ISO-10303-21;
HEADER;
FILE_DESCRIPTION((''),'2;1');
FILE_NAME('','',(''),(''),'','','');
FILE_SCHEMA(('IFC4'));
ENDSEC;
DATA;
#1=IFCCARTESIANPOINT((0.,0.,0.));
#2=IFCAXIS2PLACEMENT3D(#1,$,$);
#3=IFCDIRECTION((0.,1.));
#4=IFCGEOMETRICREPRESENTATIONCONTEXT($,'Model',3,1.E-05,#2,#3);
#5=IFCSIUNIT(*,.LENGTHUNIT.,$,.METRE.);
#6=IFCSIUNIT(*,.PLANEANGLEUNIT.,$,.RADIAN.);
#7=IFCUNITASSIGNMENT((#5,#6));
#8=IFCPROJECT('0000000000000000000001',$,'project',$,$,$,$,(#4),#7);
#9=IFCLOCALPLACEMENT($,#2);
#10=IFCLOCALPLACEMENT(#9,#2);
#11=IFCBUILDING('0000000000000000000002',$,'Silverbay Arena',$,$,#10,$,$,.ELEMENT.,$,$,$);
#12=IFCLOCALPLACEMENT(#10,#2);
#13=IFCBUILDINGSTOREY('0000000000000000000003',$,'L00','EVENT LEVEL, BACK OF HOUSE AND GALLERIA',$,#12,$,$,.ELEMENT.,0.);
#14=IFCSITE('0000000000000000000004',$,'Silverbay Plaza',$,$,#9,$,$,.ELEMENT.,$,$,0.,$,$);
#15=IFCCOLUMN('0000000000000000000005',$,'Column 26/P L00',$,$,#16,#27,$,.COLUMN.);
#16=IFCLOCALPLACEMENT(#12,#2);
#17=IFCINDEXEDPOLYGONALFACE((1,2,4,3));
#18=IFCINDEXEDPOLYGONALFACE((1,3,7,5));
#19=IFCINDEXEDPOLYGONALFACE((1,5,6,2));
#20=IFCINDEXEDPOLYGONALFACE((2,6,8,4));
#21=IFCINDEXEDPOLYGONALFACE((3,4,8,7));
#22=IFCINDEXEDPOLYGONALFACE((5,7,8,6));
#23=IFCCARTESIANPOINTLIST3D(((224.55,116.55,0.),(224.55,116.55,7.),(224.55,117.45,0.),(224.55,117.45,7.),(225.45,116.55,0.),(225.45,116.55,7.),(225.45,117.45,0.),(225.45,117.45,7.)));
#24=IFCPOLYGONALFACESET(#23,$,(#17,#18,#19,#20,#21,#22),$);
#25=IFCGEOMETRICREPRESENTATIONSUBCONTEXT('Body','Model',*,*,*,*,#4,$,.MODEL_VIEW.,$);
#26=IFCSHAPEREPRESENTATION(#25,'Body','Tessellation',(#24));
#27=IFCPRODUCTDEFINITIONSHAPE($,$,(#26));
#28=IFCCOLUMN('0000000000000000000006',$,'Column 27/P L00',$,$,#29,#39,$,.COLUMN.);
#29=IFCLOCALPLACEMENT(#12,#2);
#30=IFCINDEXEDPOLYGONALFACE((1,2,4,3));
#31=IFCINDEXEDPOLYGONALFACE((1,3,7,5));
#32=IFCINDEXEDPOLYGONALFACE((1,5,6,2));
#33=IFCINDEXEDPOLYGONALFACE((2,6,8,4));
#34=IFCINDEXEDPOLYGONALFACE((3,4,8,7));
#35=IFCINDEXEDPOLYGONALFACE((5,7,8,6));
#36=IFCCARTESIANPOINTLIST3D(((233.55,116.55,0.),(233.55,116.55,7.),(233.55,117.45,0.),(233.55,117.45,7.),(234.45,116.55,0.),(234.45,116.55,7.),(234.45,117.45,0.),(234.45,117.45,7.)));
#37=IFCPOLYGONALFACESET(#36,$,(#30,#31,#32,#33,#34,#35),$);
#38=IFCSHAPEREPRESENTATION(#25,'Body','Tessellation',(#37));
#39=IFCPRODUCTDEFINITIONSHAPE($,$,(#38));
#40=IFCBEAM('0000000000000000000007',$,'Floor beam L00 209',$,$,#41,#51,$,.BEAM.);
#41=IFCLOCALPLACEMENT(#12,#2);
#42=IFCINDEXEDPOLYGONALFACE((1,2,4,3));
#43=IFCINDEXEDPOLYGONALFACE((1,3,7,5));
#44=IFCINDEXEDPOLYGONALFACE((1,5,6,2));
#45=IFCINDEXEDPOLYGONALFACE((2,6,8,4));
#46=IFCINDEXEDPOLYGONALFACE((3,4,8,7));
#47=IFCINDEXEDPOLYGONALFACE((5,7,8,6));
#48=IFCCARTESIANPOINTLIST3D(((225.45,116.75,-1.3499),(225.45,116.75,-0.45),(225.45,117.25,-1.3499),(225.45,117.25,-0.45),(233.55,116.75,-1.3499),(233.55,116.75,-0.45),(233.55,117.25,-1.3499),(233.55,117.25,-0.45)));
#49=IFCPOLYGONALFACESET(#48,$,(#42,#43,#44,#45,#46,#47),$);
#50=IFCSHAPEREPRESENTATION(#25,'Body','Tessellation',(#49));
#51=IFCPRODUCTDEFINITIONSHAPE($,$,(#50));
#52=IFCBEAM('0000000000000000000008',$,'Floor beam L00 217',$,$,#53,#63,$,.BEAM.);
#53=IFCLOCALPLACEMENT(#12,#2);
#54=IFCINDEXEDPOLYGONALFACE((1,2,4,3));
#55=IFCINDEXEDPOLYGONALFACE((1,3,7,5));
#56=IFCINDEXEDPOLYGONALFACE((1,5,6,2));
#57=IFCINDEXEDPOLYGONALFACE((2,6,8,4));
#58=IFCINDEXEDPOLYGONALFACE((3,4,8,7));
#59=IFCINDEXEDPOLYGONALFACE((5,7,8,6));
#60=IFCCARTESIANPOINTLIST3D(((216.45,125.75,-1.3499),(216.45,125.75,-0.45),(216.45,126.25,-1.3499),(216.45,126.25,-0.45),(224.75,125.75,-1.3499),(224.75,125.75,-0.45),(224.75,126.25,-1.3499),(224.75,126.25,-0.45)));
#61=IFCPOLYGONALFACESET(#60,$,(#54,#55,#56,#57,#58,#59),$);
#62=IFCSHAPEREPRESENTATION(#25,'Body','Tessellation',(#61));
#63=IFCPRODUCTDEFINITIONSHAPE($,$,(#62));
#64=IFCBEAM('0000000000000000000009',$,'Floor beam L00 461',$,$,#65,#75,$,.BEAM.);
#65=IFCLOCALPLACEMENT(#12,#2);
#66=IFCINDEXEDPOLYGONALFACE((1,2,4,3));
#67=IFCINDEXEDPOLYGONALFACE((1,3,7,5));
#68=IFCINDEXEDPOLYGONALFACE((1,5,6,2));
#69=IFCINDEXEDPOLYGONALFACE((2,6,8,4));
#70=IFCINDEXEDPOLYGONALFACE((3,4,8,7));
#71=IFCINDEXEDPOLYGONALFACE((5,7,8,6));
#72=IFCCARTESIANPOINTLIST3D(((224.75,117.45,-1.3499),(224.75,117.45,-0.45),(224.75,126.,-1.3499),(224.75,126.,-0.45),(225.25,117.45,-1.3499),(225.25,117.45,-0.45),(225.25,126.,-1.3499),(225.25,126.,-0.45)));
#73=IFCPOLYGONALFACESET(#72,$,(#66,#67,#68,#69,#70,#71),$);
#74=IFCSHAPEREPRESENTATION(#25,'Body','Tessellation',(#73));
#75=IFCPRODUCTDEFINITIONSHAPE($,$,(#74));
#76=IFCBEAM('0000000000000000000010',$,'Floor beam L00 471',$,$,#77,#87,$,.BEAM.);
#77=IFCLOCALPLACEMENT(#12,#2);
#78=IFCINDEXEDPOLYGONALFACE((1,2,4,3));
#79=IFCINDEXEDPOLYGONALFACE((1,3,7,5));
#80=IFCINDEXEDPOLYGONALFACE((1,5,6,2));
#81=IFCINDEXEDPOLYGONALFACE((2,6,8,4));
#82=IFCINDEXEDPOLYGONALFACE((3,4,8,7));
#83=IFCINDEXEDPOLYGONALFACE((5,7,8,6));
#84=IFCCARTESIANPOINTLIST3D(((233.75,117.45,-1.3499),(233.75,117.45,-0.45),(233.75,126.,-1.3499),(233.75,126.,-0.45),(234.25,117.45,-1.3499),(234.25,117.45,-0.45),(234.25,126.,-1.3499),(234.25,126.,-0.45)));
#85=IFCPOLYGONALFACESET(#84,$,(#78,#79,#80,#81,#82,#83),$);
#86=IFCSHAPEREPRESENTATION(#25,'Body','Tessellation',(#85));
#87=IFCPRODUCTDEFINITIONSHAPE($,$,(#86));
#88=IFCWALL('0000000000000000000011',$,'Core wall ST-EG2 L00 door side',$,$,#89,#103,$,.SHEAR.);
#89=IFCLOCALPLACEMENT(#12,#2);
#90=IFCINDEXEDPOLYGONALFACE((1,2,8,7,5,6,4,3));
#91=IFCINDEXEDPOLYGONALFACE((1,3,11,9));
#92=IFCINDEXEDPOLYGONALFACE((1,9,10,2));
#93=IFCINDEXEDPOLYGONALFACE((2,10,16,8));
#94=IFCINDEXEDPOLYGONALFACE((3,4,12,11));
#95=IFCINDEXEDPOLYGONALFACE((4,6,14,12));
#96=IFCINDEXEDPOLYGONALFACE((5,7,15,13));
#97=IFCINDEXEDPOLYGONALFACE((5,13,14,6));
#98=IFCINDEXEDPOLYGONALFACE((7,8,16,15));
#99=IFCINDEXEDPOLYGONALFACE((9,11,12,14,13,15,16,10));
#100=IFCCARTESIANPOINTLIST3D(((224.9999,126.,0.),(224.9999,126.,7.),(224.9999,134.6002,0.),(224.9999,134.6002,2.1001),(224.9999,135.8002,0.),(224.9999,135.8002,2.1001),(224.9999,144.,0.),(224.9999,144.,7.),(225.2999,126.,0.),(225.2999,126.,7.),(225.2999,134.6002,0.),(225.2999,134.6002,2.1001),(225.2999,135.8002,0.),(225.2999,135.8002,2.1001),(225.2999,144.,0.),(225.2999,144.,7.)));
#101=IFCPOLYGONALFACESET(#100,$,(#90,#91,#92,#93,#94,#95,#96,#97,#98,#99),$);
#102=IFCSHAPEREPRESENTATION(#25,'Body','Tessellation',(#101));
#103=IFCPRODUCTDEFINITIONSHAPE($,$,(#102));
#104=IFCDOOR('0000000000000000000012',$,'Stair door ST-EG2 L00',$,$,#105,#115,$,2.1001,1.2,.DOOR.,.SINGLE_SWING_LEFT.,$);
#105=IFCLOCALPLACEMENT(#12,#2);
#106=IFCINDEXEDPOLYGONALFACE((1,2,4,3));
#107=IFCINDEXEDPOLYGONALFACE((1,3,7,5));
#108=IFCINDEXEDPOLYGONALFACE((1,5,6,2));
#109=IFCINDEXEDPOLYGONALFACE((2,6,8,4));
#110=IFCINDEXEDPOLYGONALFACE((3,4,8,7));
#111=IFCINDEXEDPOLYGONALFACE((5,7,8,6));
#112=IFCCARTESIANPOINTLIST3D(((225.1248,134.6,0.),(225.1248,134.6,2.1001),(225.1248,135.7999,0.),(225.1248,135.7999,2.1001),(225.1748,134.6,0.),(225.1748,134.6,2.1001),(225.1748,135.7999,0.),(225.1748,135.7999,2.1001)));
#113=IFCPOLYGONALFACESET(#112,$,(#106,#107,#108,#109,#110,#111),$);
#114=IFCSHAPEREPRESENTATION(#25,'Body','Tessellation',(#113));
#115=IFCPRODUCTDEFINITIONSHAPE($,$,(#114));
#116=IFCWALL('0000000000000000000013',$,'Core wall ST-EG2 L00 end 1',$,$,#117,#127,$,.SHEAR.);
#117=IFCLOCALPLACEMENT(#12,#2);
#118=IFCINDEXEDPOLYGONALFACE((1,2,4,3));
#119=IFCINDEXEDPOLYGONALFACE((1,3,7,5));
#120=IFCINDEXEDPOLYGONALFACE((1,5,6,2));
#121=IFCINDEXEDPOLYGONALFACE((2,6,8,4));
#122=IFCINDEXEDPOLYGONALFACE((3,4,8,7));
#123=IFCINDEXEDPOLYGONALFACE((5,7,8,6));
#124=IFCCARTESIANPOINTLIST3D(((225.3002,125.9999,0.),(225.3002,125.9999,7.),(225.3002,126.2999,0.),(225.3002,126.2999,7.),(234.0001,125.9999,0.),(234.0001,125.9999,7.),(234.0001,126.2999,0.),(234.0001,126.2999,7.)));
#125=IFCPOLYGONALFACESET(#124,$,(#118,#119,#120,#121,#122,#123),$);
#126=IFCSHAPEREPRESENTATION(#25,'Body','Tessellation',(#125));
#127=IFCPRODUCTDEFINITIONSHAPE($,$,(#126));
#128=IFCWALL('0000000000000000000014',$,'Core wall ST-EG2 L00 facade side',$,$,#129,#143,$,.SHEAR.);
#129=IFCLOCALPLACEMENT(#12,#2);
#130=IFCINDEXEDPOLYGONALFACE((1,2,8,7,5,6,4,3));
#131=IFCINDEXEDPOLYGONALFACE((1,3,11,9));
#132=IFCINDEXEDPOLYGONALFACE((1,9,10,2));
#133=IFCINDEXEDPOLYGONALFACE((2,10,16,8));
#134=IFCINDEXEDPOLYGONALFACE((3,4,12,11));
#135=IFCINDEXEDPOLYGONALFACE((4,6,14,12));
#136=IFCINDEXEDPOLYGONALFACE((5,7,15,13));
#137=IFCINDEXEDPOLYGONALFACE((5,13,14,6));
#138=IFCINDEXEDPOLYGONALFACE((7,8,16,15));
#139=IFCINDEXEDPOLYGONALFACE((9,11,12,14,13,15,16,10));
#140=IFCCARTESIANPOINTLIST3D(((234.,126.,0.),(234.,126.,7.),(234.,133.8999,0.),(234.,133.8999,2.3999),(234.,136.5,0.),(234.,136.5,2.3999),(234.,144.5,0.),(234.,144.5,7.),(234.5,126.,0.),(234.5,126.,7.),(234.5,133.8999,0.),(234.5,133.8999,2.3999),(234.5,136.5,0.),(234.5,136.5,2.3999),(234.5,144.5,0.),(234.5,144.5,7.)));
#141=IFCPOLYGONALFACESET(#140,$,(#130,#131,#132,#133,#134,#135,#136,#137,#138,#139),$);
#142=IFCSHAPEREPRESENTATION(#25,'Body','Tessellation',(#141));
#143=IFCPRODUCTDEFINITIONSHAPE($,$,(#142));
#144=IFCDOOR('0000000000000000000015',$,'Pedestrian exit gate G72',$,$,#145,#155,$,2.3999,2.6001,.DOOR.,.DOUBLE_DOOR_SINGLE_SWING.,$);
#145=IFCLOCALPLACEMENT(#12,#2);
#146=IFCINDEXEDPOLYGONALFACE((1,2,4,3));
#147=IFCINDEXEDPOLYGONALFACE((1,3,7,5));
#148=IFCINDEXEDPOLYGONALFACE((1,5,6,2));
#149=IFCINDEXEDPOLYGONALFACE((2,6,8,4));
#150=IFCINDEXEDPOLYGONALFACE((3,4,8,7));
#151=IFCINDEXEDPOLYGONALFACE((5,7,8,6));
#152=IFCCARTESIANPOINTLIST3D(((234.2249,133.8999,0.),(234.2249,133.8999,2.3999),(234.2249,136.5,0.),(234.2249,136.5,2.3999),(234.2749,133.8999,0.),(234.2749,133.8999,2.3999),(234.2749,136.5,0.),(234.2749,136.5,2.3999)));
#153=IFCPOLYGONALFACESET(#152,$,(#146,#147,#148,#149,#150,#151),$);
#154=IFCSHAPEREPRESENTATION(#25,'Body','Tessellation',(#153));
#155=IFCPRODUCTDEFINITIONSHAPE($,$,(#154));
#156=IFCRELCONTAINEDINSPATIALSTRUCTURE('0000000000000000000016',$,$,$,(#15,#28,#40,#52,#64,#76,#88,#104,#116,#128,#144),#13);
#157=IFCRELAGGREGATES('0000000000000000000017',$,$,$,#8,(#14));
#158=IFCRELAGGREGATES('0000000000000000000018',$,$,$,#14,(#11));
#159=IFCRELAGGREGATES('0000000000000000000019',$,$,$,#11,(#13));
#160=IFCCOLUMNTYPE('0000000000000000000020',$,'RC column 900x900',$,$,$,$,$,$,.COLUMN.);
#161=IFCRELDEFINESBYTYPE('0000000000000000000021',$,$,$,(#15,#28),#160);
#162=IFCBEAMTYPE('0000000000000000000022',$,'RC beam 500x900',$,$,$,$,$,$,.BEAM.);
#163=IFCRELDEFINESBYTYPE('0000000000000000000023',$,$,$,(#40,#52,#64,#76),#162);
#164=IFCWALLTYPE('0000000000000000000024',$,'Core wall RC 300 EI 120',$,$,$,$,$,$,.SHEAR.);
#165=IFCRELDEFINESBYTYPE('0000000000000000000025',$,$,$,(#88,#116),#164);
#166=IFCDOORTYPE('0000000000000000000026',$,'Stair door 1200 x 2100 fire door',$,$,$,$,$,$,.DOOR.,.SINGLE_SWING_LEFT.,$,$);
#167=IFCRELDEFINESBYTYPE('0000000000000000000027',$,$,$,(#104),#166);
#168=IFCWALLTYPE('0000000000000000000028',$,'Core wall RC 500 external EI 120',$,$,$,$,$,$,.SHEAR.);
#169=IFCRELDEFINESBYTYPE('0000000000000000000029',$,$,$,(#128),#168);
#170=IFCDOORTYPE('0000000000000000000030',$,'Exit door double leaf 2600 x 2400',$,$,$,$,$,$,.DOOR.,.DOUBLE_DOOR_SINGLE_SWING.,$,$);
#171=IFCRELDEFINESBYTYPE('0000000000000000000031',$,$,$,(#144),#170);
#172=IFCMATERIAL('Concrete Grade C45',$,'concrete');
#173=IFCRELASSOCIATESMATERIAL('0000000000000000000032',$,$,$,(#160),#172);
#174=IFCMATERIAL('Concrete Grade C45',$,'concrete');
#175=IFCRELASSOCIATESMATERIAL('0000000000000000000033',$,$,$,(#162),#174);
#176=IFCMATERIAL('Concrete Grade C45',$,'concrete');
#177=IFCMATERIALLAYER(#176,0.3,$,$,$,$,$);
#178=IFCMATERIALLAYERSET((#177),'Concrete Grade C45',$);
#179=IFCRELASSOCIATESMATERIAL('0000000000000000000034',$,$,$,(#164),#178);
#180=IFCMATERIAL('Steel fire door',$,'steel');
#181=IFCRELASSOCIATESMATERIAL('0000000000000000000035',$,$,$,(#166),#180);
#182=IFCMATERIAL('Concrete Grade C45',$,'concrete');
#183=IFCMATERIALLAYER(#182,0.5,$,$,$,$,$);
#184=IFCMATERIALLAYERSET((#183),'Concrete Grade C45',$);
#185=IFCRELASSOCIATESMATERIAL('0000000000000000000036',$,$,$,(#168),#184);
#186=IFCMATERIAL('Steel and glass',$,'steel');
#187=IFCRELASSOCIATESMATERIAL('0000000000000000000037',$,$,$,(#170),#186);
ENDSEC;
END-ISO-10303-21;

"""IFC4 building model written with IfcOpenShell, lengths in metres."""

from ifc_helpers import new_model, si_unit, direction, frame, frame_2d, origin, origin_2d, place, context, subcontext, project, spatial, rectangle, extrude, material, layer, layer_set, material_profile, profile_set, type_object, element, fill, save


model = new_model("IFC4")

# Units and contexts
model_context = context("Model", 3, precision=1e-05, world=origin(), true_north=direction((0.0, 1.0)))
body_context = subcontext(model_context, "Body", "Model", "MODEL_VIEW")
ifc_project = project(units=[si_unit("LENGTHUNIT", "METRE"), si_unit("PLANEANGLEUNIT", "RADIAN")], contexts=[model_context])

# Site, building, storey
site_placement = place(None, origin())
site = spatial("IfcSite", under=ifc_project, at=site_placement, Name="Silverbay Plaza", CompositionType="ELEMENT", RefElevation=0.0)
building_placement = place(site_placement, origin())
building = spatial("IfcBuilding", under=site, at=building_placement, Name="Silverbay Arena", CompositionType="ELEMENT")
storey_placement = place(building_placement, origin())
storey = spatial("IfcBuildingStorey", under=building, at=storey_placement, Name="L00", Description="EVENT LEVEL, BACK OF HOUSE AND GALLERIA", CompositionType="ELEMENT", Elevation=0.0)

# Columns
ifc_material_1 = material(Name="Concrete Grade C45", Category="concrete")
ifc_material_profile_1 = material_profile(ifc_material_1, rectangle(XDim=0.8999, YDim=0.8999, at=origin_2d()), Name="RC 900x900")
ifc_profile_set_1 = profile_set([ifc_material_profile_1], Name="Concrete Grade C45")
column_type = type_object("IfcColumnType", Name="RC column 900x900", PredefinedType="COLUMN", material=ifc_profile_set_1)
for number, where, z_axis, x_axis, name in (
    (1, (225.0, 117.0, 0.0), (0.0, 0.0, 1.0), (1.0, 0.0, 0.0), "Column 26/P L00"),
    (2, (234.0, 117.0, 0.0), (0.0, 0.0, 1.0), (1.0, 0.0, 0.0), "Column 27/P L00"),
):
    element("IfcColumn", number, at=place(storey_placement, frame(where, z_axis=z_axis, x_axis=x_axis)), inside=storey, type_object=column_type, Name=name, PredefinedType="COLUMN", context=body_context, shape_type="SweptSolid", body=[
        extrude(rectangle(XDim=0.8999, YDim=0.8999, at=origin_2d()), origin(), (0.0, 0.0, 1.0), 7.0),
    ])

# Beams
ifc_material_2 = material(Name="Concrete Grade C45", Category="concrete")
ifc_material_profile_2 = material_profile(ifc_material_2, rectangle(XDim=0.5, YDim=0.8999, at=origin_2d()), Name="RC 500x900")
ifc_profile_set_2 = profile_set([ifc_material_profile_2], Name="Concrete Grade C45")
beam_type = type_object("IfcBeamType", Name="RC beam 500x900", PredefinedType="BEAM", material=ifc_profile_set_2)
beam_1_placement = place(storey_placement, frame((225.45, 117.0, -0.8999), z_axis=(1.0, 0.0, 0.0), x_axis=(0.0, 1.0, 0.0)))
element("IfcBeam", 3, at=beam_1_placement, inside=storey, type_object=beam_type, Name="Floor beam L00 209", PredefinedType="BEAM", context=body_context, shape_type="SweptSolid", body=[
    extrude(rectangle(XDim=0.5, YDim=0.8999, at=origin_2d()), origin(), (0.0, 0.0, 1.0), 8.1001),
])
beam_2_placement = place(storey_placement, frame((216.45, 126.0, -0.8999), z_axis=(1.0, 0.0, 0.0), x_axis=(0.0, 1.0, 0.0)))
element("IfcBeam", 4, at=beam_2_placement, inside=storey, type_object=beam_type, Name="Floor beam L00 217", PredefinedType="BEAM", context=body_context, shape_type="SweptSolid", body=[
    extrude(rectangle(XDim=0.5, YDim=0.8999, at=origin_2d()), origin(), (0.0, 0.0, 1.0), 8.3),
])
for number, where, z_axis, x_axis, name in (
    (5, (225.0, 117.45, -0.8999), (0.0, 1.0, 0.0), (-1.0, 0.0, 0.0), "Floor beam L00 461"),
    (6, (234.0, 117.45, -0.8999), (0.0, 1.0, 0.0), (-1.0, 0.0, 0.0), "Floor beam L00 471"),
):
    element("IfcBeam", number, at=place(storey_placement, frame(where, z_axis=z_axis, x_axis=x_axis)), inside=storey, type_object=beam_type, Name=name, PredefinedType="BEAM", context=body_context, shape_type="SweptSolid", body=[
        extrude(rectangle(XDim=0.5, YDim=0.8999, at=origin_2d()), origin(), (0.0, 0.0, 1.0), 8.55),
    ])

# Wall, opening, door
ifc_material_3 = material(Name="Concrete Grade C45", Category="concrete")
ifc_layer_1 = layer(ifc_material_3, 0.3)
ifc_layer_set_1 = layer_set([ifc_layer_1], Name="Concrete Grade C45")
wall_type_1 = type_object("IfcWallType", Name="Core wall RC 300 EI 120", PredefinedType="SHEAR", material=ifc_layer_set_1)
wall_1_placement = place(storey_placement, frame((225.1499, 126.0, 0.0), z_axis=(0.0, 0.0, 1.0), x_axis=(0.0, 1.0, 0.0)))
wall_1 = element("IfcWall", 7, at=wall_1_placement, inside=storey, type_object=wall_type_1, Name="Core wall ST-EG2 L00 door side", PredefinedType="SHEAR", context=body_context, shape_type="SweptSolid", body=[
    extrude(rectangle(XDim=18.0, YDim=0.3, at=frame_2d((9.0, 0.0))), origin(), (0.0, 0.0, 1.0), 7.0),
])
opening_1_placement = place(wall_1_placement, frame((8.6001, 0.0, 0.0)))
opening_1 = element("IfcOpeningElement", 8, at=opening_1_placement, cuts=wall_1, PredefinedType="OPENING", context=body_context, shape_type="SweptSolid", body=[
    extrude(rectangle(XDim=1.2, YDim=2.1001, at=frame_2d((0.6001, 1.05))), frame((0.0, 0.1602, 0.0), z_axis=(0.0, -1.0, 0.0), x_axis=(1.0, 0.0, 0.0)), (0.0, 0.0, 1.0), 0.3201),
])
ifc_material_4 = material(Name="Steel fire door", Category="steel")
door_type_1 = type_object("IfcDoorType", Name="Stair door 1200 x 2100 fire door", OperationType="SINGLE_SWING_LEFT", PredefinedType="DOOR", material=ifc_material_4)
door_1_placement = place(opening_1_placement, frame((1.2, 0.0, 0.0), z_axis=(0.0, 0.0, 1.0), x_axis=(-1.0, 0.0, 0.0)))
door_1 = element("IfcDoor", 9, at=door_1_placement, inside=storey, type_object=door_type_1, Name="Stair door ST-EG2 L00", OperationType="SINGLE_SWING_LEFT", OverallHeight=2.1001, OverallWidth=1.2, PredefinedType="DOOR", context=body_context, shape_type="SweptSolid", body=[
    extrude(rectangle(XDim=1.2, YDim=2.1001, at=frame_2d((0.6001, 1.05))), frame((0.0, 0.0249, 0.0), z_axis=(0.0, -1.0, 0.0), x_axis=(1.0, 0.0, 0.0)), (0.0, 0.0, 1.0), 0.05),
])
fill(opening_1, door_1)

# Wall
wall_2_placement = place(storey_placement, frame((225.3, 126.1499, 0.0), z_axis=(0.0, 0.0, 1.0), x_axis=(1.0, 0.0, 0.0)))
element("IfcWall", 10, at=wall_2_placement, inside=storey, type_object=wall_type_1, Name="Core wall ST-EG2 L00 end 1", PredefinedType="SHEAR", context=body_context, shape_type="SweptSolid", body=[
    extrude(rectangle(XDim=8.7, YDim=0.3, at=frame_2d((4.3501, 0.0))), origin(), (0.0, 0.0, 1.0), 7.0),
])

# Wall, opening, door
ifc_material_5 = material(Name="Concrete Grade C45", Category="concrete")
ifc_layer_2 = layer(ifc_material_5, 0.5)
ifc_layer_set_2 = layer_set([ifc_layer_2], Name="Concrete Grade C45")
wall_type_2 = type_object("IfcWallType", Name="Core wall RC 500 external EI 120", PredefinedType="SHEAR", material=ifc_layer_set_2)
wall_3_placement = place(storey_placement, frame((234.25, 126.0, 0.0), z_axis=(0.0, 0.0, 1.0), x_axis=(0.0, 1.0, 0.0)))
wall_3 = element("IfcWall", 11, at=wall_3_placement, inside=storey, type_object=wall_type_2, Name="Core wall ST-EG2 L00 facade side", PredefinedType="SHEAR", context=body_context, shape_type="SweptSolid", body=[
    extrude(rectangle(XDim=18.5, YDim=0.5, at=frame_2d((9.25, 0.0))), origin(), (0.0, 0.0, 1.0), 7.0),
])
opening_2_placement = place(wall_3_placement, frame((7.8999, 0.0, 0.0)))
opening_2 = element("IfcOpeningElement", 12, at=opening_2_placement, cuts=wall_3, PredefinedType="OPENING", context=body_context, shape_type="SweptSolid", body=[
    extrude(rectangle(XDim=2.6001, YDim=2.3999, at=frame_2d((1.3, 1.2))), frame((0.0, 0.26, 0.0), z_axis=(0.0, -1.0, 0.0), x_axis=(1.0, 0.0, 0.0)), (0.0, 0.0, 1.0), 0.52),
])
ifc_material_6 = material(Name="Steel and glass", Category="steel")
door_type_2 = type_object("IfcDoorType", Name="Exit door double leaf 2600 x 2400", OperationType="DOUBLE_DOOR_SINGLE_SWING", PredefinedType="DOOR", material=ifc_material_6)
door_2_placement = place(opening_2_placement, frame((2.6001, 0.0, 0.0), z_axis=(0.0, 0.0, 1.0), x_axis=(-1.0, 0.0, 0.0)))
door_2 = element("IfcDoor", 13, at=door_2_placement, inside=storey, type_object=door_type_2, Name="Pedestrian exit gate G72", OperationType="DOUBLE_DOOR_SINGLE_SWING", OverallHeight=2.3999, OverallWidth=2.6001, PredefinedType="DOOR", context=body_context, shape_type="SweptSolid", body=[
    extrude(rectangle(XDim=2.6001, YDim=2.3999, at=frame_2d((1.3, 1.2))), frame((0.0, 0.0249, 0.0), z_axis=(0.0, -1.0, 0.0), x_axis=(1.0, 0.0, 0.0)), (0.0, 0.0, 1.0), 0.05),
])
fill(opening_2, door_2)

save(model, "model.ifc")
